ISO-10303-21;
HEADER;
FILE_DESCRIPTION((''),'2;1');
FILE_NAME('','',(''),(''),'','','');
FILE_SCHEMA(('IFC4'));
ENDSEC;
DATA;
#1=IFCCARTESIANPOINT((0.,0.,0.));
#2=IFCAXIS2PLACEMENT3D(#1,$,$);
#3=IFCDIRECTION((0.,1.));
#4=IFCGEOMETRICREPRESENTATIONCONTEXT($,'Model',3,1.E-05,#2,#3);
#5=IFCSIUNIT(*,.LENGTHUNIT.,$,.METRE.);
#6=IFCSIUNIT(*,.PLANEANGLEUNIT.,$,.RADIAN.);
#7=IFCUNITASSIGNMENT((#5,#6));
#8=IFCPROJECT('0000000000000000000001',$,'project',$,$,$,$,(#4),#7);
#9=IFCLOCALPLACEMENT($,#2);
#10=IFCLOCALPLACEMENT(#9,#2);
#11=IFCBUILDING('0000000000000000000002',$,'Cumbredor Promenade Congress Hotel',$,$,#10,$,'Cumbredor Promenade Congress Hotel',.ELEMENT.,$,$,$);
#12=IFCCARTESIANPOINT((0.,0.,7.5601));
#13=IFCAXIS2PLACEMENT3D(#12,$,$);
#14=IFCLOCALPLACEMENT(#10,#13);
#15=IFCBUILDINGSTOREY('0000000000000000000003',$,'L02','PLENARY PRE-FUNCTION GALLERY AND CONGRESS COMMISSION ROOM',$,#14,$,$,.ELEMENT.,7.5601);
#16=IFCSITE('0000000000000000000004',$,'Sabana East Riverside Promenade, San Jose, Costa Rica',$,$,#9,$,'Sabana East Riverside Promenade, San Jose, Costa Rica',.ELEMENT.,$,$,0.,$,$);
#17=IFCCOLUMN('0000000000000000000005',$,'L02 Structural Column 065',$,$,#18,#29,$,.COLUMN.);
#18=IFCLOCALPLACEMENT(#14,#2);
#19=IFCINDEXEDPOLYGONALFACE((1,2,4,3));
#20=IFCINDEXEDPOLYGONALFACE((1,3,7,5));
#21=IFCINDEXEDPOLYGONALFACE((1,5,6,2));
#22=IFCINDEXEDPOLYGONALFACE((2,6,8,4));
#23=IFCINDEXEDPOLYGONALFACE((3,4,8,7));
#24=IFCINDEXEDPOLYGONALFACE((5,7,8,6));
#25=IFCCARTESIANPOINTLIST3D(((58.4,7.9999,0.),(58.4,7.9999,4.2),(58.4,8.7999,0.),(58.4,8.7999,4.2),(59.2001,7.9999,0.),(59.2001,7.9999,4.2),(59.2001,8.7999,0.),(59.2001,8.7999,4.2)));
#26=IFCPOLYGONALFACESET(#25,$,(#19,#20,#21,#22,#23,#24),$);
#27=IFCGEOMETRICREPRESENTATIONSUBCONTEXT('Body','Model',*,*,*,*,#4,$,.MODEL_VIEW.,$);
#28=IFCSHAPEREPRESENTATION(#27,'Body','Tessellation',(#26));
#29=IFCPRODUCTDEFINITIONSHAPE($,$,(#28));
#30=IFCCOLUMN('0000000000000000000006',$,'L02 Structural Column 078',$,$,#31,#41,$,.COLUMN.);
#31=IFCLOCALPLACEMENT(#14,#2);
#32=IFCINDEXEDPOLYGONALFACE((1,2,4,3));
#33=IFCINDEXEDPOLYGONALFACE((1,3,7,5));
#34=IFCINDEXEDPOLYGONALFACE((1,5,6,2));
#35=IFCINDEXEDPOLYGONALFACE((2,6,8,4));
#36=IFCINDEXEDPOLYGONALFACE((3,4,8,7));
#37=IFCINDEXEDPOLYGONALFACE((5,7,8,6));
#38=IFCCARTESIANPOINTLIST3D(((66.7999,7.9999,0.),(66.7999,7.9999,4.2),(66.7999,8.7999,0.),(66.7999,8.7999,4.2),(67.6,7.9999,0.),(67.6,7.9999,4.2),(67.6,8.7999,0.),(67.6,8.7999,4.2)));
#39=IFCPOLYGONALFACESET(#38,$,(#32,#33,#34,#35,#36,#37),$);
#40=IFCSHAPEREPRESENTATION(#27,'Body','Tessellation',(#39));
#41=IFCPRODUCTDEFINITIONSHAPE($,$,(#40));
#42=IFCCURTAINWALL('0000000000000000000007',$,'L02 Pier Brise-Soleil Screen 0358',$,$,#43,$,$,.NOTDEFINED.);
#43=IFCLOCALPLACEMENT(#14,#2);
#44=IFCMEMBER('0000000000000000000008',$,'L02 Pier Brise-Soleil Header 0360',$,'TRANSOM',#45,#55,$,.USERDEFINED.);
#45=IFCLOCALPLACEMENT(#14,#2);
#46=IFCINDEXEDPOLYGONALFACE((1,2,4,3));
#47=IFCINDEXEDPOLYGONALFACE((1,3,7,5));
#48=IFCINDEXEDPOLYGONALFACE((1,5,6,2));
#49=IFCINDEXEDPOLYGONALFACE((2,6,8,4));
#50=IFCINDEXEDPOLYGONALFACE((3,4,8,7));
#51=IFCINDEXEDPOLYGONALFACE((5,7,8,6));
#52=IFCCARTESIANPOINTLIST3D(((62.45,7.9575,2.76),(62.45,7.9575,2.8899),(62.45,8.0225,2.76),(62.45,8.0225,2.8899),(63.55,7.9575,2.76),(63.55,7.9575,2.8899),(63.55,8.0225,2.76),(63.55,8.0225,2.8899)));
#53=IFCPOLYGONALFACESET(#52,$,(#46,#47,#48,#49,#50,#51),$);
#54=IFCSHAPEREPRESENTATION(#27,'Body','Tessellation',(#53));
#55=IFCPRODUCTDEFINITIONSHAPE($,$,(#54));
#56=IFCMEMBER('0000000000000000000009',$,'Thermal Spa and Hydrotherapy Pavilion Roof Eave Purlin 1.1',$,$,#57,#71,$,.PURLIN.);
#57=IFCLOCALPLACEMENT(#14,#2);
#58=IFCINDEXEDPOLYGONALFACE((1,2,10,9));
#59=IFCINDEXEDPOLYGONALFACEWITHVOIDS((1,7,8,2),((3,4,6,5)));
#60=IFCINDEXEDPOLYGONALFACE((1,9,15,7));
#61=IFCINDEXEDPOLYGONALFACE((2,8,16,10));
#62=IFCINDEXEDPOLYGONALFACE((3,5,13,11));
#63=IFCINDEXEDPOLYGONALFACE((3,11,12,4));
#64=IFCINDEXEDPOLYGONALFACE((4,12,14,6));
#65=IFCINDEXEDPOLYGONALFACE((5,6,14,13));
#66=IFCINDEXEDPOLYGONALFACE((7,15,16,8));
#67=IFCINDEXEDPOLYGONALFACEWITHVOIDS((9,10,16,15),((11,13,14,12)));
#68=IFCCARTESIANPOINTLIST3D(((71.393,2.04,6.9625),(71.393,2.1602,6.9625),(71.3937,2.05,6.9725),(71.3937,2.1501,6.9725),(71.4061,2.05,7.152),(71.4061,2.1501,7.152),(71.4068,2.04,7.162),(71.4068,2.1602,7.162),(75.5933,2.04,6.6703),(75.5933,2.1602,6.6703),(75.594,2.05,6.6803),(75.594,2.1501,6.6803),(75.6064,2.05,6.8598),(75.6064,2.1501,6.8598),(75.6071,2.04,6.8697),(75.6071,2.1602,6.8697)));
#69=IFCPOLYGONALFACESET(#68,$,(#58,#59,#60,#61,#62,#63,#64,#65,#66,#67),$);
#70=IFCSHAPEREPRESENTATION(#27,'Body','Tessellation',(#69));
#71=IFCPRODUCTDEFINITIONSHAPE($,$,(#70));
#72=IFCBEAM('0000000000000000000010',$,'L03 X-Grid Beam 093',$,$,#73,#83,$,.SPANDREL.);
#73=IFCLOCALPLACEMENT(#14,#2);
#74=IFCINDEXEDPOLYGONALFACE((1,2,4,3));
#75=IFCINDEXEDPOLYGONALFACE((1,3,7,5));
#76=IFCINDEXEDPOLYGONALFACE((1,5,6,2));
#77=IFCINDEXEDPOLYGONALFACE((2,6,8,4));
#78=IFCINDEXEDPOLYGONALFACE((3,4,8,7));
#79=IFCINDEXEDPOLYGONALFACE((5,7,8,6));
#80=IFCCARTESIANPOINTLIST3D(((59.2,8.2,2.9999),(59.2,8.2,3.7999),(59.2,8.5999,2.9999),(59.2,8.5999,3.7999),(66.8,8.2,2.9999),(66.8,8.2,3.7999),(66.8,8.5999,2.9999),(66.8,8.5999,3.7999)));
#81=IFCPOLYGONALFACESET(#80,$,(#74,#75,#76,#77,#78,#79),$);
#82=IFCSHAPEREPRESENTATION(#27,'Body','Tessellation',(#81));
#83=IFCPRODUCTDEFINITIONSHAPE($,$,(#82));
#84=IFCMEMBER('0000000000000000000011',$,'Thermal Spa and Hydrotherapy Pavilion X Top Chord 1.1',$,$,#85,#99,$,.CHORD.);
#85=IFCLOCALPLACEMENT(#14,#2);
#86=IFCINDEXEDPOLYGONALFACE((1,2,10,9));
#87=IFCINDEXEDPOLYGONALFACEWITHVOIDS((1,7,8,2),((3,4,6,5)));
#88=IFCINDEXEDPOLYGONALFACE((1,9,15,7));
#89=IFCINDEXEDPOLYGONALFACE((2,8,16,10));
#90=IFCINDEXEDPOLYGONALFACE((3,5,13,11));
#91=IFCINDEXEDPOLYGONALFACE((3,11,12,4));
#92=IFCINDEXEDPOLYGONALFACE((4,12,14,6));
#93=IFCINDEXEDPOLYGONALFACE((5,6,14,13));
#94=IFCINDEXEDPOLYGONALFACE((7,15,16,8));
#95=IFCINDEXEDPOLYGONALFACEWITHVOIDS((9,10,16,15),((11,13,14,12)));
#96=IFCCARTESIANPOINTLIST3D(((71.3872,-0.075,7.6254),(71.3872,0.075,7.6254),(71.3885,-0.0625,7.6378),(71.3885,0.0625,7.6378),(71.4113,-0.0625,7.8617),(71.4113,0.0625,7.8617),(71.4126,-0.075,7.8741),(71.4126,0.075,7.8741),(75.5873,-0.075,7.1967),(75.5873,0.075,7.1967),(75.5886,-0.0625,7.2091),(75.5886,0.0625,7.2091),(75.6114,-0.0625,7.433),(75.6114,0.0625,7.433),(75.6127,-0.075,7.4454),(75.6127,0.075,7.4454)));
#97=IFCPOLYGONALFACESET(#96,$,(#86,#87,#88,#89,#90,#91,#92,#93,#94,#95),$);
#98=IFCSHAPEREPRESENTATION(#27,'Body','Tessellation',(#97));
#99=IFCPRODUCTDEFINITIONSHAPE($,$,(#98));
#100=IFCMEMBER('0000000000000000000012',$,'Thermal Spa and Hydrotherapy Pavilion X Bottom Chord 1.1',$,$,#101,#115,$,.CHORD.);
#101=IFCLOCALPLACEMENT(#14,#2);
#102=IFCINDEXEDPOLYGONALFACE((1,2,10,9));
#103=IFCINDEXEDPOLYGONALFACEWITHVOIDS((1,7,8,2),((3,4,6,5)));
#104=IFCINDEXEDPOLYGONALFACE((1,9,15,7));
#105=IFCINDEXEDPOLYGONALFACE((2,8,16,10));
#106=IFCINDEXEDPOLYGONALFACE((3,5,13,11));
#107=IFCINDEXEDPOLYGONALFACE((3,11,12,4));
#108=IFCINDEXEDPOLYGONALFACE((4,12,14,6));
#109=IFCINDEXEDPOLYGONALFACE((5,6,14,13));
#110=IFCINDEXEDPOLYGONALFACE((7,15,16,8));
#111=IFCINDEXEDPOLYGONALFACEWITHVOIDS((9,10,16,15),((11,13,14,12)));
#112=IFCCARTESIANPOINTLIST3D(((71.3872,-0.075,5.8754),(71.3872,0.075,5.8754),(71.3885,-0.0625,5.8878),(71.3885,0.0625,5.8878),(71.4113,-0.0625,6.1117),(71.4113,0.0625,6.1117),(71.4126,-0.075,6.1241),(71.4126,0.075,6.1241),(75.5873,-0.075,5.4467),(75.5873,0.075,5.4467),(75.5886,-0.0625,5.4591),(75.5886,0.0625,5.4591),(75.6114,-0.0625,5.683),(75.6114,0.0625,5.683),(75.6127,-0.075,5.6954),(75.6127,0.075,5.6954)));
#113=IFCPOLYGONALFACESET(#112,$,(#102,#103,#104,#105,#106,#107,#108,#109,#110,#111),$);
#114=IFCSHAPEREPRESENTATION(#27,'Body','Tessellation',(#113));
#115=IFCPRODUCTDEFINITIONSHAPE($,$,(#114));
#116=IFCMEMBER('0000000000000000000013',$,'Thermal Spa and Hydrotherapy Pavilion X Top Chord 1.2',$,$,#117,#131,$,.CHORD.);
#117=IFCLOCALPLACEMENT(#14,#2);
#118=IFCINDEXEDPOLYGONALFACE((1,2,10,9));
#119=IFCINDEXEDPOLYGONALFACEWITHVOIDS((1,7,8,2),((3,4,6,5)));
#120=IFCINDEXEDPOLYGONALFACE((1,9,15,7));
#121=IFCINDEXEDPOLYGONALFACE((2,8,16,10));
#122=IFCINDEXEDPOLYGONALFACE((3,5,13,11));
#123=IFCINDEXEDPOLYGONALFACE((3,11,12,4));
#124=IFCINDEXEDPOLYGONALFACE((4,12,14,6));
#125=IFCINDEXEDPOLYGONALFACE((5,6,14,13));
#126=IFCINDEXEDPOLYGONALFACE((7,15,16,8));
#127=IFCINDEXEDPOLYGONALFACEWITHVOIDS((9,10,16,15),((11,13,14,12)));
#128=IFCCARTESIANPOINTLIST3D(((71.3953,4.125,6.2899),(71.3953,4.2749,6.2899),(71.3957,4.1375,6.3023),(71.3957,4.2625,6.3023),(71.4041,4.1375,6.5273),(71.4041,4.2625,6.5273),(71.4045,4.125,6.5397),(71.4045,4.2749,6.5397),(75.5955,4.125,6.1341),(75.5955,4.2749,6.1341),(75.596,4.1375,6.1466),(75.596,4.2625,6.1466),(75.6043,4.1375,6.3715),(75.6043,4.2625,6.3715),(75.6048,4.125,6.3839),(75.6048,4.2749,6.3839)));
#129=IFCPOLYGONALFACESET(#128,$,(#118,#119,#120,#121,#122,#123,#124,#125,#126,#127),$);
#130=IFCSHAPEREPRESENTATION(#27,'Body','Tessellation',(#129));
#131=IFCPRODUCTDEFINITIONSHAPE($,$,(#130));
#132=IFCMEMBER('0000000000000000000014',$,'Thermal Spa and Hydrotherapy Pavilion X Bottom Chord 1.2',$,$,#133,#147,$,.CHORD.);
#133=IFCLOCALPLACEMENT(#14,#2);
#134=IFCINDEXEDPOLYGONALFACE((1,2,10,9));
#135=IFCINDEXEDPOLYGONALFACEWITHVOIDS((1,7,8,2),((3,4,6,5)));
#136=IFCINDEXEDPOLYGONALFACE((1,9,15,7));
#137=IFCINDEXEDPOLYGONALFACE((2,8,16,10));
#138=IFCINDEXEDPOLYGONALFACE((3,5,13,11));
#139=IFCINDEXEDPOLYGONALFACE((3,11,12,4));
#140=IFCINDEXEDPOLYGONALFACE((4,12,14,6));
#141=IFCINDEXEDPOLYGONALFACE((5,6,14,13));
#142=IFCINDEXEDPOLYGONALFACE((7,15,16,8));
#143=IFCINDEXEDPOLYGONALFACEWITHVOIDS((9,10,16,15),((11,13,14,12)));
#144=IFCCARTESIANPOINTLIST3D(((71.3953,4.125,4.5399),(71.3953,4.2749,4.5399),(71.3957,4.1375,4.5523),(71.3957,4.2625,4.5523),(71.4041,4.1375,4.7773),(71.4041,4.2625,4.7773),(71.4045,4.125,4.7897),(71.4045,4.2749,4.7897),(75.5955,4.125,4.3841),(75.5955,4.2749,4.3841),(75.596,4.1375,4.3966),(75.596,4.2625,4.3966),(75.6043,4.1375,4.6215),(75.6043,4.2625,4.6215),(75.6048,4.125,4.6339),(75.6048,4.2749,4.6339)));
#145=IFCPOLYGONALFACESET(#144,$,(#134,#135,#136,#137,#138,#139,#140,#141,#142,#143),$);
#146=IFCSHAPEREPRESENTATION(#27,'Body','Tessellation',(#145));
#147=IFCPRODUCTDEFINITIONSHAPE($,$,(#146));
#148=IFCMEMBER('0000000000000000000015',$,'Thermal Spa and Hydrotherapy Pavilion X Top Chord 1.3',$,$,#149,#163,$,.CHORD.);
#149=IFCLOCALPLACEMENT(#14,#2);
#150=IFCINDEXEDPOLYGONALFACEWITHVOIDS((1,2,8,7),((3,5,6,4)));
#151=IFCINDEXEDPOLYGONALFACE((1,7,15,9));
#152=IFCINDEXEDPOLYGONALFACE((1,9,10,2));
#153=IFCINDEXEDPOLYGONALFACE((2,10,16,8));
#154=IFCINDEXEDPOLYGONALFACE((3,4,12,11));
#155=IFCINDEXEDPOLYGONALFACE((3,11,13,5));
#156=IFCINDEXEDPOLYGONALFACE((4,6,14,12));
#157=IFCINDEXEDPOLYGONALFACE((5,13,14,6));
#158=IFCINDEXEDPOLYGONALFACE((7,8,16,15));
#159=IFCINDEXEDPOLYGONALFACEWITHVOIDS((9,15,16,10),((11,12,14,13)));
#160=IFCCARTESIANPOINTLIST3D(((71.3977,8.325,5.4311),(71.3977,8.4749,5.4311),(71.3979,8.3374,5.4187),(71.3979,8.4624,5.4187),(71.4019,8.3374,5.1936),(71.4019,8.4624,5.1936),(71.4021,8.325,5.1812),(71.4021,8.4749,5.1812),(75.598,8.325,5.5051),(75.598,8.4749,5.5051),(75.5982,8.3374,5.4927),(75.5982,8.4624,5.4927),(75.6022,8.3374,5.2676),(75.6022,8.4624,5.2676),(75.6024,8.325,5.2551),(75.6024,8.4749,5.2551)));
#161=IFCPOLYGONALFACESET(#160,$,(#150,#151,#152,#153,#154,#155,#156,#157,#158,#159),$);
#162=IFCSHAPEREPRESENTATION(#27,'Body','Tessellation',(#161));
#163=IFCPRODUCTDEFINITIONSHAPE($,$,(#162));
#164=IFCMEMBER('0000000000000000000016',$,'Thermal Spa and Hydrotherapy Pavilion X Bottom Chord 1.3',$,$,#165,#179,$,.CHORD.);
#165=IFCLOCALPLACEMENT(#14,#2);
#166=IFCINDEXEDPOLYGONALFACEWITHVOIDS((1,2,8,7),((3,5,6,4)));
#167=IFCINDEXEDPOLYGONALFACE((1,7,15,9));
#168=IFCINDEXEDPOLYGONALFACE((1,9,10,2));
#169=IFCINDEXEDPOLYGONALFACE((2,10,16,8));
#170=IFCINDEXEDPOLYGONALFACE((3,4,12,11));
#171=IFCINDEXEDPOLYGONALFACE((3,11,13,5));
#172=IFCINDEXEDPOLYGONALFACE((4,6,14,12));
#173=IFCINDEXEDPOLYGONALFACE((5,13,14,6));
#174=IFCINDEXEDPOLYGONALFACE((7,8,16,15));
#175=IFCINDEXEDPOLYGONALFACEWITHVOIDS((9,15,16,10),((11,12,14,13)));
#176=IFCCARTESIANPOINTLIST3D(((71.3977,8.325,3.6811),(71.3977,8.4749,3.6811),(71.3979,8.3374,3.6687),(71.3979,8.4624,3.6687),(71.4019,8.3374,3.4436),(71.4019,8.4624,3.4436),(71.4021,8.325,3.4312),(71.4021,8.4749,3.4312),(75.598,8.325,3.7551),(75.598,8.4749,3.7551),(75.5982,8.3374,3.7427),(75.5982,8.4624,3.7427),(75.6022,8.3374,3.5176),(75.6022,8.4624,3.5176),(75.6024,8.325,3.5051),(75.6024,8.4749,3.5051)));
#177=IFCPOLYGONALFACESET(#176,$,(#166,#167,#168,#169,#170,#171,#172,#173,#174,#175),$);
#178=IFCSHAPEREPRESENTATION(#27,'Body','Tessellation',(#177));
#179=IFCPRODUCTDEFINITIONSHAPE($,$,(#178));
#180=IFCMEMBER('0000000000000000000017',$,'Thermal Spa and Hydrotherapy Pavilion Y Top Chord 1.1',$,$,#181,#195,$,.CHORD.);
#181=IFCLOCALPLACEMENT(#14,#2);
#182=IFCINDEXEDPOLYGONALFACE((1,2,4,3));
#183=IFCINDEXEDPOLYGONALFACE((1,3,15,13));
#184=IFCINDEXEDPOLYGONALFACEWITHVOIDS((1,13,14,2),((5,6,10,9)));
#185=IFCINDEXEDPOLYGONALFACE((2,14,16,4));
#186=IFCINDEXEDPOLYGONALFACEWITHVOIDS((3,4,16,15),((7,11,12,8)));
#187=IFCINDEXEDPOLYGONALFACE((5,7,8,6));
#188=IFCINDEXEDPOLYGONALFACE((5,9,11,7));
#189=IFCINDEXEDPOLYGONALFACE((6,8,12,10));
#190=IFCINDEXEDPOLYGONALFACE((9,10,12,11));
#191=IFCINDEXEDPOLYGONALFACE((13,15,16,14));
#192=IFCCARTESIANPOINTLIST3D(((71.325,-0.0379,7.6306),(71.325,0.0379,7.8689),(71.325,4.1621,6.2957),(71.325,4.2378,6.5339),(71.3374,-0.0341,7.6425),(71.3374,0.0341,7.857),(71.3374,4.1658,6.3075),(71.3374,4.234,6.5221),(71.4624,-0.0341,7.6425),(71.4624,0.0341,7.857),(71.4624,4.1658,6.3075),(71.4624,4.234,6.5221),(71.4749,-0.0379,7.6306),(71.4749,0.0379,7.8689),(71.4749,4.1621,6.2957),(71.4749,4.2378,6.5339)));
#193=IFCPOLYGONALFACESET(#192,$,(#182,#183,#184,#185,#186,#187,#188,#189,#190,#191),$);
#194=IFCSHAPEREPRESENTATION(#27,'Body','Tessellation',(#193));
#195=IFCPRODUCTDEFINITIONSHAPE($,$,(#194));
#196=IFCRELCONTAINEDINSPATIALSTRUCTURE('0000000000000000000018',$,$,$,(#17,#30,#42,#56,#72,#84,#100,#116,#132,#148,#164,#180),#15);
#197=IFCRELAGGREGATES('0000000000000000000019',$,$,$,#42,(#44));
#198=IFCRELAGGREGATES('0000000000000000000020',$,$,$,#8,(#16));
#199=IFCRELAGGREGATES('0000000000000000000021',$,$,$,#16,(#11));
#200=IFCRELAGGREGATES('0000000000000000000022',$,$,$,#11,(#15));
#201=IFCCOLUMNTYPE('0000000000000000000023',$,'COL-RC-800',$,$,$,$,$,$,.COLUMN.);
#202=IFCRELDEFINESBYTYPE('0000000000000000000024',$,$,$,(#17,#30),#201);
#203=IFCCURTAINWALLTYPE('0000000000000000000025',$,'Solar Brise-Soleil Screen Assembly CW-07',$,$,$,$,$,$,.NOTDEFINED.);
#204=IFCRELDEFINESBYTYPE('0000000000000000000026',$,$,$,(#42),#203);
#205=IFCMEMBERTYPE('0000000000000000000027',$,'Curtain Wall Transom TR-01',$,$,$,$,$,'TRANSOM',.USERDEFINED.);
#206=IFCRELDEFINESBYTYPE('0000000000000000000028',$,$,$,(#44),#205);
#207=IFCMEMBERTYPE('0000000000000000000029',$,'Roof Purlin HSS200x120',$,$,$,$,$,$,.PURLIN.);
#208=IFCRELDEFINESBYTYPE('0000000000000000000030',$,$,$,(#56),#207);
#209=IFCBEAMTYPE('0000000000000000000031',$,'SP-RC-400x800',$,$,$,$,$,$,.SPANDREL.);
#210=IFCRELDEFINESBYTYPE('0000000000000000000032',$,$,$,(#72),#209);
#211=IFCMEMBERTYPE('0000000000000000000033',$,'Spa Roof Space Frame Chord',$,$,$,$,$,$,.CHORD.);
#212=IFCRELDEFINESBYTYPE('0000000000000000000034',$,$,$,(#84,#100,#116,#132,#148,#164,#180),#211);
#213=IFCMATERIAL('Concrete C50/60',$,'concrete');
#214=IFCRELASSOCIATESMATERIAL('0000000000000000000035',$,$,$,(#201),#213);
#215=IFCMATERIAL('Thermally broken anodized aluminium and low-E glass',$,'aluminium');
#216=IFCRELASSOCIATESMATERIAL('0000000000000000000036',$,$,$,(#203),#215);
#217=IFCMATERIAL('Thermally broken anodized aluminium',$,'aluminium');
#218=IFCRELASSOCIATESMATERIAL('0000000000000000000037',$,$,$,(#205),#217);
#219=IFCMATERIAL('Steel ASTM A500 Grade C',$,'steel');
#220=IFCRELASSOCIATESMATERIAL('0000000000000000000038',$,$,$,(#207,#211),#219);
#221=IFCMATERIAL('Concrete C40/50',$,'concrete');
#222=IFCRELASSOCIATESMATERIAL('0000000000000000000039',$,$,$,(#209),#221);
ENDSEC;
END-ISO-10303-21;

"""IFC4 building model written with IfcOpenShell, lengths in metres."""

from ifc_helpers import new_model, si_unit, direction, frame, origin, origin_2d, place, context, subcontext, project, spatial, rectangle, hollow_rectangle, extrude, material, material_profile, profile_set, type_object, element, aggregate, save


model = new_model("IFC4")

# Units and contexts
model_context = context("Model", 3, precision=1e-05, world=origin(), true_north=direction((0.0, 1.0)))
body_context = subcontext(model_context, "Body", "Model", "MODEL_VIEW")
ifc_project = project(units=[si_unit("LENGTHUNIT", "METRE"), si_unit("PLANEANGLEUNIT", "RADIAN")], contexts=[model_context])

# Site, building, storey
site_placement = place(None, origin())
site = spatial("IfcSite", under=ifc_project, at=site_placement, Name="Sabana East Riverside Promenade, San Jose, Costa Rica", LongName="Sabana East Riverside Promenade, San Jose, Costa Rica", CompositionType="ELEMENT", RefElevation=0.0)
building_placement = place(site_placement, origin())
building = spatial("IfcBuilding", under=site, at=building_placement, Name="Cumbredor Promenade Congress Hotel", LongName="Cumbredor Promenade Congress Hotel", CompositionType="ELEMENT")
storey_placement = place(building_placement, frame((0.0, 0.0, 7.5601)))
storey = spatial("IfcBuildingStorey", under=building, at=storey_placement, Name="L02", Description="PLENARY PRE-FUNCTION GALLERY AND CONGRESS COMMISSION ROOM", CompositionType="ELEMENT", Elevation=7.5601)

# Columns
ifc_material_1 = material(Name="Concrete C50/60", Category="concrete")
ifc_material_profile_1 = material_profile(ifc_material_1, rectangle(XDim=0.8, YDim=0.8, at=origin_2d()), Name="RC 800x800")
ifc_profile_set_1 = profile_set([ifc_material_profile_1], Name="Concrete C50/60")
column_type = type_object("IfcColumnType", Name="COL-RC-800", PredefinedType="COLUMN", material=ifc_profile_set_1)
for number, where, z_axis, x_axis, name in (
    (1, (58.8, 8.3999, 0.0), (0.0, 0.0, 1.0), (1.0, 0.0, 0.0), "L02 Structural Column 065"),
    (2, (67.2, 8.3999, 0.0), (0.0, 0.0, 1.0), (1.0, 0.0, 0.0), "L02 Structural Column 078"),
):
    element("IfcColumn", number, at=place(storey_placement, frame(where, z_axis=z_axis, x_axis=x_axis)), inside=storey, type_object=column_type, Name=name, PredefinedType="COLUMN", context=body_context, shape_type="SweptSolid", body=[
        extrude(rectangle(XDim=0.8, YDim=0.8, at=origin_2d()), origin(), (0.0, 0.0, 1.0), 4.2),
    ])

# Curtain wall, member
ifc_material_2 = material(Name="Thermally broken anodized aluminium and low-E glass", Category="aluminium")
curtain_wall_type = type_object("IfcCurtainWallType", Name="Solar Brise-Soleil Screen Assembly CW-07", PredefinedType="NOTDEFINED", material=ifc_material_2)
curtain_wall_placement = place(storey_placement, origin())
curtain_wall = element("IfcCurtainWall", 3, at=curtain_wall_placement, inside=storey, type_object=curtain_wall_type, Name="L02 Pier Brise-Soleil Screen 0358", PredefinedType="NOTDEFINED")
ifc_material_3 = material(Name="Thermally broken anodized aluminium", Category="aluminium")
ifc_material_profile_2 = material_profile(ifc_material_3, rectangle(XDim=0.0649, YDim=0.1299, at=origin_2d()), Name="ALU TRANSOM 65x130")
ifc_profile_set_2 = profile_set([ifc_material_profile_2], Name="Thermally broken anodized aluminium")
member_type_1 = type_object("IfcMemberType", Name="Curtain Wall Transom TR-01", ElementType="TRANSOM", PredefinedType="USERDEFINED", material=ifc_profile_set_2)
member_1_placement = place(storey_placement, frame((62.45, 7.99, 2.825), z_axis=(1.0, 0.0, 0.0), x_axis=(0.0, 1.0, 0.0)))
member_1 = element("IfcMember", 4, at=member_1_placement, type_object=member_type_1, Name="L02 Pier Brise-Soleil Header 0360", ObjectType="TRANSOM", PredefinedType="USERDEFINED", context=body_context, shape_type="SweptSolid", body=[
    extrude(rectangle(XDim=0.0649, YDim=0.1299, at=origin_2d()), origin(), (0.0, 0.0, 1.0), 1.1001),
])

# Member
ifc_material_4 = material(Name="Steel ASTM A500 Grade C", Category="steel")
ifc_material_profile_3 = material_profile(ifc_material_4, hollow_rectangle(XDim=0.1201, YDim=0.2, WallThickness=0.01, at=origin_2d()), Name="HSS 200x120x10")
ifc_profile_set_3 = profile_set([ifc_material_profile_3], Name="Steel ASTM A500 Grade C")
member_type_2 = type_object("IfcMemberType", Name="Roof Purlin HSS200x120", PredefinedType="PURLIN", material=ifc_profile_set_3)
member_2_placement = place(storey_placement, frame((71.3999, 2.1001, 7.0623), z_axis=(0.997588, 0.0, -0.069409), x_axis=(0.0, 1.0, 0.0)))
element("IfcMember", 5, at=member_2_placement, inside=storey, type_object=member_type_2, Name="Thermal Spa and Hydrotherapy Pavilion Roof Eave Purlin 1.1", PredefinedType="PURLIN", context=body_context, shape_type="SweptSolid", body=[
    extrude(hollow_rectangle(XDim=0.1201, YDim=0.2, WallThickness=0.01, at=origin_2d()), origin(), (0.0, 0.0, 1.0), 4.2104),
])

# Beam
ifc_material_5 = material(Name="Concrete C40/50", Category="concrete")
ifc_material_profile_4 = material_profile(ifc_material_5, rectangle(XDim=0.3999, YDim=0.8, at=origin_2d()), Name="RC SPANDREL 400x800")
ifc_profile_set_4 = profile_set([ifc_material_profile_4], Name="Concrete C40/50")
beam_type = type_object("IfcBeamType", Name="SP-RC-400x800", PredefinedType="SPANDREL", material=ifc_profile_set_4)
beam_placement = place(storey_placement, frame((59.2, 8.3999, 3.3999), z_axis=(1.0, 0.0, 0.0), x_axis=(0.0, 1.0, 0.0)))
element("IfcBeam", 6, at=beam_placement, inside=storey, type_object=beam_type, Name="L03 X-Grid Beam 093", PredefinedType="SPANDREL", context=body_context, shape_type="SweptSolid", body=[
    extrude(rectangle(XDim=0.3999, YDim=0.8, at=origin_2d()), origin(), (0.0, 0.0, 1.0), 7.6001),
])

# Members
ifc_material_profile_5 = material_profile(ifc_material_4, hollow_rectangle(XDim=0.1499, YDim=0.25, WallThickness=0.0125, at=origin_2d()), Name="HSS 250x150x12.5")
ifc_profile_set_5 = profile_set([ifc_material_profile_5], Name="Steel ASTM A500 Grade C")
member_type_3 = type_object("IfcMemberType", Name="Spa Roof Space Frame Chord", PredefinedType="CHORD", material=ifc_profile_set_5)
for number, where, z_axis, x_axis, name in (
    (7, (71.3999, 0.0, 7.7498), (0.994831, 0.0, -0.101542), (0.0, 1.0, 0.0), "Thermal Spa and Hydrotherapy Pavilion X Top Chord 1.1"),
    (8, (71.3999, 0.0, 5.9998), (0.994831, 0.0, -0.101542), (0.0, 1.0, 0.0), "Thermal Spa and Hydrotherapy Pavilion X Bottom Chord 1.1"),
):
    element("IfcMember", number, at=place(storey_placement, frame(where, z_axis=z_axis, x_axis=x_axis)), inside=storey, type_object=member_type_3, Name=name, PredefinedType="CHORD", context=body_context, shape_type="SweptSolid", body=[
        extrude(hollow_rectangle(XDim=0.1499, YDim=0.25, WallThickness=0.0125, at=origin_2d()), origin(), (0.0, 0.0, 1.0), 4.2219),
    ])
for number, where, z_axis, x_axis, name in (
    (9, (71.3999, 4.2, 6.4148), (0.999313, 0.0, -0.037059), (0.0, 1.0, 0.0), "Thermal Spa and Hydrotherapy Pavilion X Top Chord 1.2"),
    (10, (71.3999, 4.2, 4.6648), (0.999313, 0.0, -0.037059), (0.0, 1.0, 0.0), "Thermal Spa and Hydrotherapy Pavilion X Bottom Chord 1.2"),
):
    element("IfcMember", number, at=place(storey_placement, frame(where, z_axis=z_axis, x_axis=x_axis)), inside=storey, type_object=member_type_3, Name=name, PredefinedType="CHORD", context=body_context, shape_type="SweptSolid", body=[
        extrude(hollow_rectangle(XDim=0.1499, YDim=0.25, WallThickness=0.0125, at=origin_2d()), origin(), (0.0, 0.0, 1.0), 4.2031),
    ])
for number, where, z_axis, x_axis, name in (
    (11, (71.3999, 8.3999, 5.3062), (0.999845, 0.0, 0.017609), (0.0, 1.0, 0.0), "Thermal Spa and Hydrotherapy Pavilion X Top Chord 1.3"),
    (12, (71.3999, 8.3999, 3.5562), (0.999845, 0.0, 0.017609), (0.0, 1.0, 0.0), "Thermal Spa and Hydrotherapy Pavilion X Bottom Chord 1.3"),
):
    element("IfcMember", number, at=place(storey_placement, frame(where, z_axis=z_axis, x_axis=x_axis)), inside=storey, type_object=member_type_3, Name=name, PredefinedType="CHORD", context=body_context, shape_type="SweptSolid", body=[
        extrude(hollow_rectangle(XDim=0.1499, YDim=0.25, WallThickness=0.0125, at=origin_2d()), origin(), (0.0, 0.0, 1.0), 4.2009),
    ])
for number, where, z_axis, x_axis, name in (
    (13, (71.3999, 0.0, 7.7498), (0.0, 0.953017, -0.302918), (-1.0, 0.0, 0.0), "Thermal Spa and Hydrotherapy Pavilion Y Top Chord 1.1"),
):
    element("IfcMember", number, at=place(storey_placement, frame(where, z_axis=z_axis, x_axis=x_axis)), inside=storey, type_object=member_type_3, Name=name, PredefinedType="CHORD", context=body_context, shape_type="SweptSolid", body=[
        extrude(hollow_rectangle(XDim=0.1499, YDim=0.25, WallThickness=0.0125, at=origin_2d()), origin(), (0.0, 0.0, 1.0), 4.407),
    ])

aggregate(curtain_wall, [member_1])

save(model, "model.ifc")
